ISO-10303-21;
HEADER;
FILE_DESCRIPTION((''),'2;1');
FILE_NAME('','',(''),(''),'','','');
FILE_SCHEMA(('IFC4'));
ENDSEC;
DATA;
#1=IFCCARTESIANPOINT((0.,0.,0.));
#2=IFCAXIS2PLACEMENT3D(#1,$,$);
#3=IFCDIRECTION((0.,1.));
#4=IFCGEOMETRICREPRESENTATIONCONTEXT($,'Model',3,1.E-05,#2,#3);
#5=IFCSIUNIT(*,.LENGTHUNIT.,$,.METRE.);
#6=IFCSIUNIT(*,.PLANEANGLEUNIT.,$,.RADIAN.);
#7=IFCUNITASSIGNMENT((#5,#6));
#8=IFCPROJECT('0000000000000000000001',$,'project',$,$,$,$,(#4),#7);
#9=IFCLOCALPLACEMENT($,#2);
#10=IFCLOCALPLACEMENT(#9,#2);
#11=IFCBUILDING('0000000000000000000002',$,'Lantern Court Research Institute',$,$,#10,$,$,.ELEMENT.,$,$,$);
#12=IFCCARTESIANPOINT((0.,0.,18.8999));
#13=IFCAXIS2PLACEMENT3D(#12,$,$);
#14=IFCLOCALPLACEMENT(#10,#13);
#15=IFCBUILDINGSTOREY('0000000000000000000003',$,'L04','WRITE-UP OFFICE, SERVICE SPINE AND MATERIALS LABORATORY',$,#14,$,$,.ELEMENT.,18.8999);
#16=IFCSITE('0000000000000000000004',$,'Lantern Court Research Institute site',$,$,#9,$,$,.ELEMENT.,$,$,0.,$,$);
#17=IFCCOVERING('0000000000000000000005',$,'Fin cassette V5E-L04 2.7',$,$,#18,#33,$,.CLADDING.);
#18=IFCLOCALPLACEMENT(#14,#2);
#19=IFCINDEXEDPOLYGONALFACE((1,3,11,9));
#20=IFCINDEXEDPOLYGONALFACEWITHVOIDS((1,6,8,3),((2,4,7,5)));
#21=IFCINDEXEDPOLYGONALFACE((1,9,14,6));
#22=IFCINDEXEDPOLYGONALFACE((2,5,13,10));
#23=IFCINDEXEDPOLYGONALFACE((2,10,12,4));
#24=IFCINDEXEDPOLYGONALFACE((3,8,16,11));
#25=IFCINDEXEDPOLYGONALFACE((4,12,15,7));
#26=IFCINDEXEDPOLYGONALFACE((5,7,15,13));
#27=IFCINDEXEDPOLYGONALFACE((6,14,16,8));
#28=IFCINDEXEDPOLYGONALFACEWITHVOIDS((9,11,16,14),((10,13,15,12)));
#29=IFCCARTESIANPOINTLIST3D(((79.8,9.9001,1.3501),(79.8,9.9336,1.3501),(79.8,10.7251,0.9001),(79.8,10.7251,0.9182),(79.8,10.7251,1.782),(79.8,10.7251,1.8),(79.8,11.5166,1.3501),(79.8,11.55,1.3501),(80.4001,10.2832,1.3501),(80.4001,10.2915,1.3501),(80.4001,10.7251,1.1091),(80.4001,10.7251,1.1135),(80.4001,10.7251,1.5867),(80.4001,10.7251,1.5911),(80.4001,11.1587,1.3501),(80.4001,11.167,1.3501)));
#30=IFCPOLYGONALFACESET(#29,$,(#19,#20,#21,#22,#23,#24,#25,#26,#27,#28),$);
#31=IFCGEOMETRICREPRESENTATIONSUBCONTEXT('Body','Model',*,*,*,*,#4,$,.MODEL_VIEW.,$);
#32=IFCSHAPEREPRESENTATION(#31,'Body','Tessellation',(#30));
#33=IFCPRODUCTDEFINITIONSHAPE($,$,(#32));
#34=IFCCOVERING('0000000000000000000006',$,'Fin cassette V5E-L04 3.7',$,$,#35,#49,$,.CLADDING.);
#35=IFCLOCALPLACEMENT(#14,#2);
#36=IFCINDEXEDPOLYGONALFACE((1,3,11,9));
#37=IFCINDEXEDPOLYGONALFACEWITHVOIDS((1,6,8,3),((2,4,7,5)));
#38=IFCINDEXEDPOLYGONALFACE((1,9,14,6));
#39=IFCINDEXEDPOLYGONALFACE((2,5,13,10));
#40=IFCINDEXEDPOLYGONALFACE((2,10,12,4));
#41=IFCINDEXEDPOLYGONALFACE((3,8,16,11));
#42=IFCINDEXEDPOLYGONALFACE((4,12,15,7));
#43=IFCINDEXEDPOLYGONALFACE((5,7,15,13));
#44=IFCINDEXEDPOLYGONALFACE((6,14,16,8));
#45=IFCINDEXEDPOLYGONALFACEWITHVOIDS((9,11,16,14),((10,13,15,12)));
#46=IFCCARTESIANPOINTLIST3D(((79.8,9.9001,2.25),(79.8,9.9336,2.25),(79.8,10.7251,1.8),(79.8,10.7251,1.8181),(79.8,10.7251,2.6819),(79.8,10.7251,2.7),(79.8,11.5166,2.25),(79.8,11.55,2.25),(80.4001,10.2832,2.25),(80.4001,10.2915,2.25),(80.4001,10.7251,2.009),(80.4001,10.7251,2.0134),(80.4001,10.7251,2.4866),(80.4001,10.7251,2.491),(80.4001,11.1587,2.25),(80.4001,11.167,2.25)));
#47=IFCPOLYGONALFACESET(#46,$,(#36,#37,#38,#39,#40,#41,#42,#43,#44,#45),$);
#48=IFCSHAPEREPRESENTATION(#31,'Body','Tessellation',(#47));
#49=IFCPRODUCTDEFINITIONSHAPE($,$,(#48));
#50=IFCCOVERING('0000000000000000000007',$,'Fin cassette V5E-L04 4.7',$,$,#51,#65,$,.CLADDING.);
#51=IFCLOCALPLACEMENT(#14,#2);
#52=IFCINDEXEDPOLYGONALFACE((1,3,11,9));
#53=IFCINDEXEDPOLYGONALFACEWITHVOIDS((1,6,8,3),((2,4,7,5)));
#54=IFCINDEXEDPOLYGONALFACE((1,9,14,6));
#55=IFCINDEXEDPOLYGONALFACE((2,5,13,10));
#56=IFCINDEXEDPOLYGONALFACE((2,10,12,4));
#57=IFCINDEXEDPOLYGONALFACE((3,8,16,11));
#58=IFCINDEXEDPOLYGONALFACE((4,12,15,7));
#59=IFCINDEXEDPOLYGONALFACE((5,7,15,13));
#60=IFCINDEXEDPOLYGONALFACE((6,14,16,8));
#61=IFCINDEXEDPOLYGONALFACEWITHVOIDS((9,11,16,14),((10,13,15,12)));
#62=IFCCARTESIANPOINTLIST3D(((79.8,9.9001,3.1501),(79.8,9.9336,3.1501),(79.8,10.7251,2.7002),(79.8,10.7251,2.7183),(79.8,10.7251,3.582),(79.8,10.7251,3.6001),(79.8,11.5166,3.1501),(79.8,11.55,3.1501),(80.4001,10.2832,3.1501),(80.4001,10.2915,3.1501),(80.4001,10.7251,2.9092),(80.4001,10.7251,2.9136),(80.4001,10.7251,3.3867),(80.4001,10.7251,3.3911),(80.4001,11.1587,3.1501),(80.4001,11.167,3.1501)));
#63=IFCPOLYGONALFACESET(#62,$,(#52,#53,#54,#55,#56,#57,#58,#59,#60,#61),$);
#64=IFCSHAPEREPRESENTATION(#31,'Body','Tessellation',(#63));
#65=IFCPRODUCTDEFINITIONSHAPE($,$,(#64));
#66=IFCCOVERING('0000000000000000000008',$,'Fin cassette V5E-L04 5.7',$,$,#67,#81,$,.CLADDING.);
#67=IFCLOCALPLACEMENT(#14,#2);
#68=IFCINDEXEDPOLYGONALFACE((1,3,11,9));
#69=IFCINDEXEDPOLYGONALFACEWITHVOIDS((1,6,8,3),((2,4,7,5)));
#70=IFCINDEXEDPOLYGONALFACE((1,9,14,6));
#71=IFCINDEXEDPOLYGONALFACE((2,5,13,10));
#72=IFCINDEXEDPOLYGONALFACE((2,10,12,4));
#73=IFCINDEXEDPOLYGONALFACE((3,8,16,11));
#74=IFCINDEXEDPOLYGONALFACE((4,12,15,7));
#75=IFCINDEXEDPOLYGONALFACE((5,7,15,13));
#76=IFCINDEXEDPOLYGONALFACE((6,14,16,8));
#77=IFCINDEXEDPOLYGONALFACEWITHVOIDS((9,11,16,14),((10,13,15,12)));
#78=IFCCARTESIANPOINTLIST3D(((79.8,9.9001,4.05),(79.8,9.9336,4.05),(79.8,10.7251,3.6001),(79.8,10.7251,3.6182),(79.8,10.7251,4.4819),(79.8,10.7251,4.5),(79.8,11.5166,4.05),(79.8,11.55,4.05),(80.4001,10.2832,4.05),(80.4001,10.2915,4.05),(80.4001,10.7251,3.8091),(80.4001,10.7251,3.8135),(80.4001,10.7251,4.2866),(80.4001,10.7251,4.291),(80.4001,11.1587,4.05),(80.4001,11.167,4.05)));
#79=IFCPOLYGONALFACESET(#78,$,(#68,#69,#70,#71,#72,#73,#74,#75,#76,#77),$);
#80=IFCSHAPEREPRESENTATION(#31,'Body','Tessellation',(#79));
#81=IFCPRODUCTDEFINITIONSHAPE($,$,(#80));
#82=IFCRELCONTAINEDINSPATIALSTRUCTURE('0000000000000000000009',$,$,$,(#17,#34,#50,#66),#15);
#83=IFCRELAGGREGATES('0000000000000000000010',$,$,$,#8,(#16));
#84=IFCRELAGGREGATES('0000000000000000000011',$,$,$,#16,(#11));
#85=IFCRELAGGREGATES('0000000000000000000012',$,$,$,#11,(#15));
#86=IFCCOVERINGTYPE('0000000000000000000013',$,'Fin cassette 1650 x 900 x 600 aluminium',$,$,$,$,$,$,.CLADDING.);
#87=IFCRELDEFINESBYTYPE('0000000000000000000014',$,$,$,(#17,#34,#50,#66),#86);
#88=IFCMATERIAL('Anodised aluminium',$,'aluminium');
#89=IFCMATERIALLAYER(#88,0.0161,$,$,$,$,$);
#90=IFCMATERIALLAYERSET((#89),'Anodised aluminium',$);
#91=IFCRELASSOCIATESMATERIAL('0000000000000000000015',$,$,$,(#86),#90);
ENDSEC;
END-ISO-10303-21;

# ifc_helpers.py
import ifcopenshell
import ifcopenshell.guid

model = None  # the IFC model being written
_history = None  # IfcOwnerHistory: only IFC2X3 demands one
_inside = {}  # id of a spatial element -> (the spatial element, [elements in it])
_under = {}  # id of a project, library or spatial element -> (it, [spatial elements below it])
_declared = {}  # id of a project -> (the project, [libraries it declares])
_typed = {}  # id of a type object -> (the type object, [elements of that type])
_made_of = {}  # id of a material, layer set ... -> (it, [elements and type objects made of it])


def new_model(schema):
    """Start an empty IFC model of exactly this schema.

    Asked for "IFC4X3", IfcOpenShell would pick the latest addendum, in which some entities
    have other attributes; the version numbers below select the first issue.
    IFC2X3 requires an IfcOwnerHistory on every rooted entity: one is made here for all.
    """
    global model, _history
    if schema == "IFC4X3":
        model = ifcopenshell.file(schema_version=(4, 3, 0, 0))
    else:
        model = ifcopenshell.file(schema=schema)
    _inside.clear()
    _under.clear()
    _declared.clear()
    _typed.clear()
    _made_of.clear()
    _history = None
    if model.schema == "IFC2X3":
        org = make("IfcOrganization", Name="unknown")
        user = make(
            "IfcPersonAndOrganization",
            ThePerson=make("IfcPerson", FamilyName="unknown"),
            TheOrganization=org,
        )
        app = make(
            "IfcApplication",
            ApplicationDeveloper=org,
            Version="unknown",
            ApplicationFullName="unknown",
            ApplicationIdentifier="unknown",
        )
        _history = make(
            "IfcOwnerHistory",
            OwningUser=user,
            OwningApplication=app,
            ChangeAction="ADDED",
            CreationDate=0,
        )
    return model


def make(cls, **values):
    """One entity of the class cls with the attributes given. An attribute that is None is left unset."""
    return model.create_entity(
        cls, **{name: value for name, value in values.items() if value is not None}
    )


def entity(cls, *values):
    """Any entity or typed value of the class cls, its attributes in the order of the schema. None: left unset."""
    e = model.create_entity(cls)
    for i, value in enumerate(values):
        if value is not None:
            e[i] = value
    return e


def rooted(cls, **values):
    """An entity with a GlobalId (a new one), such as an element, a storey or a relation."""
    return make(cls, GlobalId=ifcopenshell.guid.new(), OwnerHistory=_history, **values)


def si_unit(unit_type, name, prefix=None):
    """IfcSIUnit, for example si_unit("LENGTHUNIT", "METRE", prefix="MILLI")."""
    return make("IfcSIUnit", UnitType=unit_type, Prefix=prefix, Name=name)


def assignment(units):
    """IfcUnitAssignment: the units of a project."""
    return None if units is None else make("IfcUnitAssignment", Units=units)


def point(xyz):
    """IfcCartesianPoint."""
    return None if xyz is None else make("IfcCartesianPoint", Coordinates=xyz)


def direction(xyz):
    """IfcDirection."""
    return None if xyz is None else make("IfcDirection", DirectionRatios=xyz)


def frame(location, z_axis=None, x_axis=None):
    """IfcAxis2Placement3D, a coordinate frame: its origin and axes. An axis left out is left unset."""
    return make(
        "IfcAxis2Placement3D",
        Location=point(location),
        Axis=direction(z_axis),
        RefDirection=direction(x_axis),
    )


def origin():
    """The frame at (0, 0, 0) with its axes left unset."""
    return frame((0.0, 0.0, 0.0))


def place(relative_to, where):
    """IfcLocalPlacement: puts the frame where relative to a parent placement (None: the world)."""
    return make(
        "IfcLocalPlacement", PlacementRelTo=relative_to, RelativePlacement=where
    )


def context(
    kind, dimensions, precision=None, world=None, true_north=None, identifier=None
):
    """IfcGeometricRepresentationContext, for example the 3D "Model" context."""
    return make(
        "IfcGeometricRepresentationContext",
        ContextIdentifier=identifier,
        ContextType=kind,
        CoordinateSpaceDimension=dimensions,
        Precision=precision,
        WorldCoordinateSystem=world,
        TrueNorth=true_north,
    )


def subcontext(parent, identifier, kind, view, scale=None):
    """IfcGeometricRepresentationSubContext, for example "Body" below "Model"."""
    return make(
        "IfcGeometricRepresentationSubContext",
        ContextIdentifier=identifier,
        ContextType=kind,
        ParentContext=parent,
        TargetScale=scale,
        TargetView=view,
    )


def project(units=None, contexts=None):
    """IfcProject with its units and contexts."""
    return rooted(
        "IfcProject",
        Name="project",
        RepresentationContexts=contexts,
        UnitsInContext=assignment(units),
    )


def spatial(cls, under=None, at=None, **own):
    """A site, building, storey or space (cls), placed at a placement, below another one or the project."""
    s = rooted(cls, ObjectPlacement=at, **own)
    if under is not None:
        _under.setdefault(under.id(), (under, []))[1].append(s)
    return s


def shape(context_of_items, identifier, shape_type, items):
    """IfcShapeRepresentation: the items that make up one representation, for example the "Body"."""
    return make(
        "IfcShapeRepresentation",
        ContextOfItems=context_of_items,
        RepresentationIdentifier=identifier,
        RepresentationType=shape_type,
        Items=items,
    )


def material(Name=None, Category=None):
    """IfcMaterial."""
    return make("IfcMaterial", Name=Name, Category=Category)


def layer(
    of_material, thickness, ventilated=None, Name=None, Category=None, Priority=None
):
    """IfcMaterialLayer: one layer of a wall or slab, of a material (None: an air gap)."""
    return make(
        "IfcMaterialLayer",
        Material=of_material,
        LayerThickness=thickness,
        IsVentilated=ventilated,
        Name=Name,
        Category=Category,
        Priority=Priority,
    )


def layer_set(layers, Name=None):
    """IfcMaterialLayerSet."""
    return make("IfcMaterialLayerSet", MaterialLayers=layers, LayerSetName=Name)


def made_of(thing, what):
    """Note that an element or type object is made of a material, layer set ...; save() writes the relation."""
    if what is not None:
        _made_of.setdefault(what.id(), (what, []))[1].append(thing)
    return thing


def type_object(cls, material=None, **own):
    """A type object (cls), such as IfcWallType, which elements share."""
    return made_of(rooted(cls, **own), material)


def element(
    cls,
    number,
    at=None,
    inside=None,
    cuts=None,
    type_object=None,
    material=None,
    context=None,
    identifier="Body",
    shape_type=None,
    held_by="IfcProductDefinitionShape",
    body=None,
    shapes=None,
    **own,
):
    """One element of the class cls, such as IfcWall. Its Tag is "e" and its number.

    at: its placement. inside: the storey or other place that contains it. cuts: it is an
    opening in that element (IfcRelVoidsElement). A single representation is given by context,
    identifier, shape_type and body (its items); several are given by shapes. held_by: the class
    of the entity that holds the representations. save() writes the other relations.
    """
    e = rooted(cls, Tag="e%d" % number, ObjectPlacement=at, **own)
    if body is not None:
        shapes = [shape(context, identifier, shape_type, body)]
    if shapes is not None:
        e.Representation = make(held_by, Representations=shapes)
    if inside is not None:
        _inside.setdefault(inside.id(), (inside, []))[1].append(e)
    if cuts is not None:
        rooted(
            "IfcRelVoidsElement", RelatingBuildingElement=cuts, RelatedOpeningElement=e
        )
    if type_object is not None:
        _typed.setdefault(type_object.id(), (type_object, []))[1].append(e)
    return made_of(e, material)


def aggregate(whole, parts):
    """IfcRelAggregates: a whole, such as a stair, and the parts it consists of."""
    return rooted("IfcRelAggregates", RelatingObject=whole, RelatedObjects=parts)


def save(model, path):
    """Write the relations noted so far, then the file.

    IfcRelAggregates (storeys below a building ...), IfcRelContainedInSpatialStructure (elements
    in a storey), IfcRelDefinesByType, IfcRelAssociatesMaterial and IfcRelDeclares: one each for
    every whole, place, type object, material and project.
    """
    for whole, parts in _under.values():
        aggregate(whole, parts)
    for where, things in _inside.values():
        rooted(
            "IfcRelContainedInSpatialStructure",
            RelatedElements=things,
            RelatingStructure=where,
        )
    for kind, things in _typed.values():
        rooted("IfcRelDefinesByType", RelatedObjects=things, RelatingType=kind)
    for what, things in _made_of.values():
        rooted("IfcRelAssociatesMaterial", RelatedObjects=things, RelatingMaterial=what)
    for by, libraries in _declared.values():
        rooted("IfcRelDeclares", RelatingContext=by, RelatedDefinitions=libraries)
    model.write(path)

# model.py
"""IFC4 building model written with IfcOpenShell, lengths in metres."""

from ifc_helpers import new_model, entity, si_unit, direction, frame, origin, place, context, subcontext, project, spatial, material, layer, layer_set, type_object, element, save


model = new_model("IFC4")

# Units and contexts
model_context = context("Model", 3, precision=1e-05, world=origin(), true_north=direction((0.0, 1.0)))
body_context = subcontext(model_context, "Body", "Model", "MODEL_VIEW")
ifc_project = project(units=[si_unit("LENGTHUNIT", "METRE"), si_unit("PLANEANGLEUNIT", "RADIAN")], contexts=[model_context])

# Site, building, storey
site_placement = place(None, origin())
site = spatial("IfcSite", under=ifc_project, at=site_placement, Name="Lantern Court Research Institute site", CompositionType="ELEMENT", RefElevation=0.0)
building_placement = place(site_placement, origin())
building = spatial("IfcBuilding", under=site, at=building_placement, Name="Lantern Court Research Institute", CompositionType="ELEMENT")
storey_placement = place(building_placement, frame((0.0, 0.0, 18.8999)))
storey = spatial("IfcBuildingStorey", under=building, at=storey_placement, Name="L04", Description="WRITE-UP OFFICE, SERVICE SPINE AND MATERIALS LABORATORY", CompositionType="ELEMENT", Elevation=18.8999)

# Coverings
ifc_material_1 = material(Name="Anodised aluminium", Category="aluminium")
ifc_layer_1 = layer(ifc_material_1, 0.0161)
ifc_layer_set_1 = layer_set([ifc_layer_1], Name="Anodised aluminium")
covering_type = type_object("IfcCoveringType", Name="Fin cassette 1650 x 900 x 600 aluminium", PredefinedType="CLADDING", material=ifc_layer_set_1)
covering_1_placement = place(storey_placement, frame((79.8, 10.7251, 1.3501), z_axis=(1.0, 0.0, 0.0), x_axis=(0.0, 1.0, 0.0)))
cartesian_point_1 = entity("IfcCartesianPoint", [0.825, 0.0])
cartesian_point_2 = entity("IfcCartesianPoint", [0.7915, 0.0])
cartesian_point_3 = entity("IfcCartesianPoint", [0.4419, 0.0])
cartesian_point_4 = entity("IfcCartesianPoint", [0.4336, 0.0])
element("IfcCovering", 1, at=covering_1_placement, inside=storey, type_object=covering_type, Name="Fin cassette V5E-L04 2.7", PredefinedType="CLADDING", context=body_context, shape_type="SweptSolid", body=[
    entity("IfcExtrudedAreaSolidTapered", entity("IfcArbitraryProfileDefWithVoids", "AREA", None, entity("IfcPolyline", [cartesian_point_1, entity("IfcCartesianPoint", [0.0, 0.45]), entity("IfcCartesianPoint", [-0.825, 0.0]), entity("IfcCartesianPoint", [0.0, -0.45]), cartesian_point_1]), [entity("IfcPolyline", [cartesian_point_2, entity("IfcCartesianPoint", [0.0, 0.4319]), entity("IfcCartesianPoint", [-0.7915, 0.0]), entity("IfcCartesianPoint", [0.0, -0.4319]), cartesian_point_2])]), entity("IfcAxis2Placement3D", entity("IfcCartesianPoint", [0.0, 0.0, 0.0])), entity("IfcDirection", [0.0, 0.0, 1.0]), 0.6001, entity("IfcArbitraryProfileDefWithVoids", "AREA", None, entity("IfcPolyline", [cartesian_point_3, entity("IfcCartesianPoint", [0.0, 0.241]), entity("IfcCartesianPoint", [-0.4419, 0.0]), entity("IfcCartesianPoint", [0.0, -0.241]), cartesian_point_3]), [entity("IfcPolyline", [cartesian_point_4, entity("IfcCartesianPoint", [0.0, 0.2366]), entity("IfcCartesianPoint", [-0.4336, 0.0]), entity("IfcCartesianPoint", [0.0, -0.2366]), cartesian_point_4])])),
])
covering_2_placement = place(storey_placement, frame((79.8, 10.7251, 2.25), z_axis=(1.0, 0.0, 0.0), x_axis=(0.0, 1.0, 0.0)))
cartesian_point_5 = entity("IfcCartesianPoint", [0.825, 0.0])
cartesian_point_6 = entity("IfcCartesianPoint", [0.7915, 0.0])
cartesian_point_7 = entity("IfcCartesianPoint", [0.4419, 0.0])
cartesian_point_8 = entity("IfcCartesianPoint", [0.4336, 0.0])
element("IfcCovering", 2, at=covering_2_placement, inside=storey, type_object=covering_type, Name="Fin cassette V5E-L04 3.7", PredefinedType="CLADDING", context=body_context, shape_type="SweptSolid", body=[
    entity("IfcExtrudedAreaSolidTapered", entity("IfcArbitraryProfileDefWithVoids", "AREA", None, entity("IfcPolyline", [cartesian_point_5, entity("IfcCartesianPoint", [0.0, 0.45]), entity("IfcCartesianPoint", [-0.825, 0.0]), entity("IfcCartesianPoint", [0.0, -0.45]), cartesian_point_5]), [entity("IfcPolyline", [cartesian_point_6, entity("IfcCartesianPoint", [0.0, 0.4319]), entity("IfcCartesianPoint", [-0.7915, 0.0]), entity("IfcCartesianPoint", [0.0, -0.4319]), cartesian_point_6])]), entity("IfcAxis2Placement3D", entity("IfcCartesianPoint", [0.0, 0.0, 0.0])), entity("IfcDirection", [0.0, 0.0, 1.0]), 0.6001, entity("IfcArbitraryProfileDefWithVoids", "AREA", None, entity("IfcPolyline", [cartesian_point_7, entity("IfcCartesianPoint", [0.0, 0.241]), entity("IfcCartesianPoint", [-0.4419, 0.0]), entity("IfcCartesianPoint", [0.0, -0.241]), cartesian_point_7]), [entity("IfcPolyline", [cartesian_point_8, entity("IfcCartesianPoint", [0.0, 0.2366]), entity("IfcCartesianPoint", [-0.4336, 0.0]), entity("IfcCartesianPoint", [0.0, -0.2366]), cartesian_point_8])])),
])
covering_3_placement = place(storey_placement, frame((79.8, 10.7251, 3.1501), z_axis=(1.0, 0.0, 0.0), x_axis=(0.0, 1.0, 0.0)))
cartesian_point_9 = entity("IfcCartesianPoint", [0.825, 0.0])
cartesian_point_10 = entity("IfcCartesianPoint", [0.7915, 0.0])
cartesian_point_11 = entity("IfcCartesianPoint", [0.4419, 0.0])
cartesian_point_12 = entity("IfcCartesianPoint", [0.4336, 0.0])
element("IfcCovering", 3, at=covering_3_placement, inside=storey, type_object=covering_type, Name="Fin cassette V5E-L04 4.7", PredefinedType="CLADDING", context=body_context, shape_type="SweptSolid", body=[
    entity("IfcExtrudedAreaSolidTapered", entity("IfcArbitraryProfileDefWithVoids", "AREA", None, entity("IfcPolyline", [cartesian_point_9, entity("IfcCartesianPoint", [0.0, 0.45]), entity("IfcCartesianPoint", [-0.825, 0.0]), entity("IfcCartesianPoint", [0.0, -0.45]), cartesian_point_9]), [entity("IfcPolyline", [cartesian_point_10, entity("IfcCartesianPoint", [0.0, 0.4319]), entity("IfcCartesianPoint", [-0.7915, 0.0]), entity("IfcCartesianPoint", [0.0, -0.4319]), cartesian_point_10])]), entity("IfcAxis2Placement3D", entity("IfcCartesianPoint", [0.0, 0.0, 0.0])), entity("IfcDirection", [0.0, 0.0, 1.0]), 0.6001, entity("IfcArbitraryProfileDefWithVoids", "AREA", None, entity("IfcPolyline", [cartesian_point_11, entity("IfcCartesianPoint", [0.0, 0.241]), entity("IfcCartesianPoint", [-0.4419, 0.0]), entity("IfcCartesianPoint", [0.0, -0.241]), cartesian_point_11]), [entity("IfcPolyline", [cartesian_point_12, entity("IfcCartesianPoint", [0.0, 0.2366]), entity("IfcCartesianPoint", [-0.4336, 0.0]), entity("IfcCartesianPoint", [0.0, -0.2366]), cartesian_point_12])])),
])
covering_4_placement = place(storey_placement, frame((79.8, 10.7251, 4.05), z_axis=(1.0, 0.0, 0.0), x_axis=(0.0, 1.0, 0.0)))
cartesian_point_13 = entity("IfcCartesianPoint", [0.825, 0.0])
cartesian_point_14 = entity("IfcCartesianPoint", [0.7915, 0.0])
cartesian_point_15 = entity("IfcCartesianPoint", [0.4419, 0.0])
cartesian_point_16 = entity("IfcCartesianPoint", [0.4336, 0.0])
element("IfcCovering", 4, at=covering_4_placement, inside=storey, type_object=covering_type, Name="Fin cassette V5E-L04 5.7", PredefinedType="CLADDING", context=body_context, shape_type="SweptSolid", body=[
    entity("IfcExtrudedAreaSolidTapered", entity("IfcArbitraryProfileDefWithVoids", "AREA", None, entity("IfcPolyline", [cartesian_point_13, entity("IfcCartesianPoint", [0.0, 0.45]), entity("IfcCartesianPoint", [-0.825, 0.0]), entity("IfcCartesianPoint", [0.0, -0.45]), cartesian_point_13]), [entity("IfcPolyline", [cartesian_point_14, entity("IfcCartesianPoint", [0.0, 0.4319]), entity("IfcCartesianPoint", [-0.7915, 0.0]), entity("IfcCartesianPoint", [0.0, -0.4319]), cartesian_point_14])]), entity("IfcAxis2Placement3D", entity("IfcCartesianPoint", [0.0, 0.0, 0.0])), entity("IfcDirection", [0.0, 0.0, 1.0]), 0.6001, entity("IfcArbitraryProfileDefWithVoids", "AREA", None, entity("IfcPolyline", [cartesian_point_15, entity("IfcCartesianPoint", [0.0, 0.241]), entity("IfcCartesianPoint", [-0.4419, 0.0]), entity("IfcCartesianPoint", [0.0, -0.241]), cartesian_point_15]), [entity("IfcPolyline", [cartesian_point_16, entity("IfcCartesianPoint", [0.0, 0.2366]), entity("IfcCartesianPoint", [-0.4336, 0.0]), entity("IfcCartesianPoint", [0.0, -0.2366]), cartesian_point_16])])),
])

save(model, "model.ifc")
